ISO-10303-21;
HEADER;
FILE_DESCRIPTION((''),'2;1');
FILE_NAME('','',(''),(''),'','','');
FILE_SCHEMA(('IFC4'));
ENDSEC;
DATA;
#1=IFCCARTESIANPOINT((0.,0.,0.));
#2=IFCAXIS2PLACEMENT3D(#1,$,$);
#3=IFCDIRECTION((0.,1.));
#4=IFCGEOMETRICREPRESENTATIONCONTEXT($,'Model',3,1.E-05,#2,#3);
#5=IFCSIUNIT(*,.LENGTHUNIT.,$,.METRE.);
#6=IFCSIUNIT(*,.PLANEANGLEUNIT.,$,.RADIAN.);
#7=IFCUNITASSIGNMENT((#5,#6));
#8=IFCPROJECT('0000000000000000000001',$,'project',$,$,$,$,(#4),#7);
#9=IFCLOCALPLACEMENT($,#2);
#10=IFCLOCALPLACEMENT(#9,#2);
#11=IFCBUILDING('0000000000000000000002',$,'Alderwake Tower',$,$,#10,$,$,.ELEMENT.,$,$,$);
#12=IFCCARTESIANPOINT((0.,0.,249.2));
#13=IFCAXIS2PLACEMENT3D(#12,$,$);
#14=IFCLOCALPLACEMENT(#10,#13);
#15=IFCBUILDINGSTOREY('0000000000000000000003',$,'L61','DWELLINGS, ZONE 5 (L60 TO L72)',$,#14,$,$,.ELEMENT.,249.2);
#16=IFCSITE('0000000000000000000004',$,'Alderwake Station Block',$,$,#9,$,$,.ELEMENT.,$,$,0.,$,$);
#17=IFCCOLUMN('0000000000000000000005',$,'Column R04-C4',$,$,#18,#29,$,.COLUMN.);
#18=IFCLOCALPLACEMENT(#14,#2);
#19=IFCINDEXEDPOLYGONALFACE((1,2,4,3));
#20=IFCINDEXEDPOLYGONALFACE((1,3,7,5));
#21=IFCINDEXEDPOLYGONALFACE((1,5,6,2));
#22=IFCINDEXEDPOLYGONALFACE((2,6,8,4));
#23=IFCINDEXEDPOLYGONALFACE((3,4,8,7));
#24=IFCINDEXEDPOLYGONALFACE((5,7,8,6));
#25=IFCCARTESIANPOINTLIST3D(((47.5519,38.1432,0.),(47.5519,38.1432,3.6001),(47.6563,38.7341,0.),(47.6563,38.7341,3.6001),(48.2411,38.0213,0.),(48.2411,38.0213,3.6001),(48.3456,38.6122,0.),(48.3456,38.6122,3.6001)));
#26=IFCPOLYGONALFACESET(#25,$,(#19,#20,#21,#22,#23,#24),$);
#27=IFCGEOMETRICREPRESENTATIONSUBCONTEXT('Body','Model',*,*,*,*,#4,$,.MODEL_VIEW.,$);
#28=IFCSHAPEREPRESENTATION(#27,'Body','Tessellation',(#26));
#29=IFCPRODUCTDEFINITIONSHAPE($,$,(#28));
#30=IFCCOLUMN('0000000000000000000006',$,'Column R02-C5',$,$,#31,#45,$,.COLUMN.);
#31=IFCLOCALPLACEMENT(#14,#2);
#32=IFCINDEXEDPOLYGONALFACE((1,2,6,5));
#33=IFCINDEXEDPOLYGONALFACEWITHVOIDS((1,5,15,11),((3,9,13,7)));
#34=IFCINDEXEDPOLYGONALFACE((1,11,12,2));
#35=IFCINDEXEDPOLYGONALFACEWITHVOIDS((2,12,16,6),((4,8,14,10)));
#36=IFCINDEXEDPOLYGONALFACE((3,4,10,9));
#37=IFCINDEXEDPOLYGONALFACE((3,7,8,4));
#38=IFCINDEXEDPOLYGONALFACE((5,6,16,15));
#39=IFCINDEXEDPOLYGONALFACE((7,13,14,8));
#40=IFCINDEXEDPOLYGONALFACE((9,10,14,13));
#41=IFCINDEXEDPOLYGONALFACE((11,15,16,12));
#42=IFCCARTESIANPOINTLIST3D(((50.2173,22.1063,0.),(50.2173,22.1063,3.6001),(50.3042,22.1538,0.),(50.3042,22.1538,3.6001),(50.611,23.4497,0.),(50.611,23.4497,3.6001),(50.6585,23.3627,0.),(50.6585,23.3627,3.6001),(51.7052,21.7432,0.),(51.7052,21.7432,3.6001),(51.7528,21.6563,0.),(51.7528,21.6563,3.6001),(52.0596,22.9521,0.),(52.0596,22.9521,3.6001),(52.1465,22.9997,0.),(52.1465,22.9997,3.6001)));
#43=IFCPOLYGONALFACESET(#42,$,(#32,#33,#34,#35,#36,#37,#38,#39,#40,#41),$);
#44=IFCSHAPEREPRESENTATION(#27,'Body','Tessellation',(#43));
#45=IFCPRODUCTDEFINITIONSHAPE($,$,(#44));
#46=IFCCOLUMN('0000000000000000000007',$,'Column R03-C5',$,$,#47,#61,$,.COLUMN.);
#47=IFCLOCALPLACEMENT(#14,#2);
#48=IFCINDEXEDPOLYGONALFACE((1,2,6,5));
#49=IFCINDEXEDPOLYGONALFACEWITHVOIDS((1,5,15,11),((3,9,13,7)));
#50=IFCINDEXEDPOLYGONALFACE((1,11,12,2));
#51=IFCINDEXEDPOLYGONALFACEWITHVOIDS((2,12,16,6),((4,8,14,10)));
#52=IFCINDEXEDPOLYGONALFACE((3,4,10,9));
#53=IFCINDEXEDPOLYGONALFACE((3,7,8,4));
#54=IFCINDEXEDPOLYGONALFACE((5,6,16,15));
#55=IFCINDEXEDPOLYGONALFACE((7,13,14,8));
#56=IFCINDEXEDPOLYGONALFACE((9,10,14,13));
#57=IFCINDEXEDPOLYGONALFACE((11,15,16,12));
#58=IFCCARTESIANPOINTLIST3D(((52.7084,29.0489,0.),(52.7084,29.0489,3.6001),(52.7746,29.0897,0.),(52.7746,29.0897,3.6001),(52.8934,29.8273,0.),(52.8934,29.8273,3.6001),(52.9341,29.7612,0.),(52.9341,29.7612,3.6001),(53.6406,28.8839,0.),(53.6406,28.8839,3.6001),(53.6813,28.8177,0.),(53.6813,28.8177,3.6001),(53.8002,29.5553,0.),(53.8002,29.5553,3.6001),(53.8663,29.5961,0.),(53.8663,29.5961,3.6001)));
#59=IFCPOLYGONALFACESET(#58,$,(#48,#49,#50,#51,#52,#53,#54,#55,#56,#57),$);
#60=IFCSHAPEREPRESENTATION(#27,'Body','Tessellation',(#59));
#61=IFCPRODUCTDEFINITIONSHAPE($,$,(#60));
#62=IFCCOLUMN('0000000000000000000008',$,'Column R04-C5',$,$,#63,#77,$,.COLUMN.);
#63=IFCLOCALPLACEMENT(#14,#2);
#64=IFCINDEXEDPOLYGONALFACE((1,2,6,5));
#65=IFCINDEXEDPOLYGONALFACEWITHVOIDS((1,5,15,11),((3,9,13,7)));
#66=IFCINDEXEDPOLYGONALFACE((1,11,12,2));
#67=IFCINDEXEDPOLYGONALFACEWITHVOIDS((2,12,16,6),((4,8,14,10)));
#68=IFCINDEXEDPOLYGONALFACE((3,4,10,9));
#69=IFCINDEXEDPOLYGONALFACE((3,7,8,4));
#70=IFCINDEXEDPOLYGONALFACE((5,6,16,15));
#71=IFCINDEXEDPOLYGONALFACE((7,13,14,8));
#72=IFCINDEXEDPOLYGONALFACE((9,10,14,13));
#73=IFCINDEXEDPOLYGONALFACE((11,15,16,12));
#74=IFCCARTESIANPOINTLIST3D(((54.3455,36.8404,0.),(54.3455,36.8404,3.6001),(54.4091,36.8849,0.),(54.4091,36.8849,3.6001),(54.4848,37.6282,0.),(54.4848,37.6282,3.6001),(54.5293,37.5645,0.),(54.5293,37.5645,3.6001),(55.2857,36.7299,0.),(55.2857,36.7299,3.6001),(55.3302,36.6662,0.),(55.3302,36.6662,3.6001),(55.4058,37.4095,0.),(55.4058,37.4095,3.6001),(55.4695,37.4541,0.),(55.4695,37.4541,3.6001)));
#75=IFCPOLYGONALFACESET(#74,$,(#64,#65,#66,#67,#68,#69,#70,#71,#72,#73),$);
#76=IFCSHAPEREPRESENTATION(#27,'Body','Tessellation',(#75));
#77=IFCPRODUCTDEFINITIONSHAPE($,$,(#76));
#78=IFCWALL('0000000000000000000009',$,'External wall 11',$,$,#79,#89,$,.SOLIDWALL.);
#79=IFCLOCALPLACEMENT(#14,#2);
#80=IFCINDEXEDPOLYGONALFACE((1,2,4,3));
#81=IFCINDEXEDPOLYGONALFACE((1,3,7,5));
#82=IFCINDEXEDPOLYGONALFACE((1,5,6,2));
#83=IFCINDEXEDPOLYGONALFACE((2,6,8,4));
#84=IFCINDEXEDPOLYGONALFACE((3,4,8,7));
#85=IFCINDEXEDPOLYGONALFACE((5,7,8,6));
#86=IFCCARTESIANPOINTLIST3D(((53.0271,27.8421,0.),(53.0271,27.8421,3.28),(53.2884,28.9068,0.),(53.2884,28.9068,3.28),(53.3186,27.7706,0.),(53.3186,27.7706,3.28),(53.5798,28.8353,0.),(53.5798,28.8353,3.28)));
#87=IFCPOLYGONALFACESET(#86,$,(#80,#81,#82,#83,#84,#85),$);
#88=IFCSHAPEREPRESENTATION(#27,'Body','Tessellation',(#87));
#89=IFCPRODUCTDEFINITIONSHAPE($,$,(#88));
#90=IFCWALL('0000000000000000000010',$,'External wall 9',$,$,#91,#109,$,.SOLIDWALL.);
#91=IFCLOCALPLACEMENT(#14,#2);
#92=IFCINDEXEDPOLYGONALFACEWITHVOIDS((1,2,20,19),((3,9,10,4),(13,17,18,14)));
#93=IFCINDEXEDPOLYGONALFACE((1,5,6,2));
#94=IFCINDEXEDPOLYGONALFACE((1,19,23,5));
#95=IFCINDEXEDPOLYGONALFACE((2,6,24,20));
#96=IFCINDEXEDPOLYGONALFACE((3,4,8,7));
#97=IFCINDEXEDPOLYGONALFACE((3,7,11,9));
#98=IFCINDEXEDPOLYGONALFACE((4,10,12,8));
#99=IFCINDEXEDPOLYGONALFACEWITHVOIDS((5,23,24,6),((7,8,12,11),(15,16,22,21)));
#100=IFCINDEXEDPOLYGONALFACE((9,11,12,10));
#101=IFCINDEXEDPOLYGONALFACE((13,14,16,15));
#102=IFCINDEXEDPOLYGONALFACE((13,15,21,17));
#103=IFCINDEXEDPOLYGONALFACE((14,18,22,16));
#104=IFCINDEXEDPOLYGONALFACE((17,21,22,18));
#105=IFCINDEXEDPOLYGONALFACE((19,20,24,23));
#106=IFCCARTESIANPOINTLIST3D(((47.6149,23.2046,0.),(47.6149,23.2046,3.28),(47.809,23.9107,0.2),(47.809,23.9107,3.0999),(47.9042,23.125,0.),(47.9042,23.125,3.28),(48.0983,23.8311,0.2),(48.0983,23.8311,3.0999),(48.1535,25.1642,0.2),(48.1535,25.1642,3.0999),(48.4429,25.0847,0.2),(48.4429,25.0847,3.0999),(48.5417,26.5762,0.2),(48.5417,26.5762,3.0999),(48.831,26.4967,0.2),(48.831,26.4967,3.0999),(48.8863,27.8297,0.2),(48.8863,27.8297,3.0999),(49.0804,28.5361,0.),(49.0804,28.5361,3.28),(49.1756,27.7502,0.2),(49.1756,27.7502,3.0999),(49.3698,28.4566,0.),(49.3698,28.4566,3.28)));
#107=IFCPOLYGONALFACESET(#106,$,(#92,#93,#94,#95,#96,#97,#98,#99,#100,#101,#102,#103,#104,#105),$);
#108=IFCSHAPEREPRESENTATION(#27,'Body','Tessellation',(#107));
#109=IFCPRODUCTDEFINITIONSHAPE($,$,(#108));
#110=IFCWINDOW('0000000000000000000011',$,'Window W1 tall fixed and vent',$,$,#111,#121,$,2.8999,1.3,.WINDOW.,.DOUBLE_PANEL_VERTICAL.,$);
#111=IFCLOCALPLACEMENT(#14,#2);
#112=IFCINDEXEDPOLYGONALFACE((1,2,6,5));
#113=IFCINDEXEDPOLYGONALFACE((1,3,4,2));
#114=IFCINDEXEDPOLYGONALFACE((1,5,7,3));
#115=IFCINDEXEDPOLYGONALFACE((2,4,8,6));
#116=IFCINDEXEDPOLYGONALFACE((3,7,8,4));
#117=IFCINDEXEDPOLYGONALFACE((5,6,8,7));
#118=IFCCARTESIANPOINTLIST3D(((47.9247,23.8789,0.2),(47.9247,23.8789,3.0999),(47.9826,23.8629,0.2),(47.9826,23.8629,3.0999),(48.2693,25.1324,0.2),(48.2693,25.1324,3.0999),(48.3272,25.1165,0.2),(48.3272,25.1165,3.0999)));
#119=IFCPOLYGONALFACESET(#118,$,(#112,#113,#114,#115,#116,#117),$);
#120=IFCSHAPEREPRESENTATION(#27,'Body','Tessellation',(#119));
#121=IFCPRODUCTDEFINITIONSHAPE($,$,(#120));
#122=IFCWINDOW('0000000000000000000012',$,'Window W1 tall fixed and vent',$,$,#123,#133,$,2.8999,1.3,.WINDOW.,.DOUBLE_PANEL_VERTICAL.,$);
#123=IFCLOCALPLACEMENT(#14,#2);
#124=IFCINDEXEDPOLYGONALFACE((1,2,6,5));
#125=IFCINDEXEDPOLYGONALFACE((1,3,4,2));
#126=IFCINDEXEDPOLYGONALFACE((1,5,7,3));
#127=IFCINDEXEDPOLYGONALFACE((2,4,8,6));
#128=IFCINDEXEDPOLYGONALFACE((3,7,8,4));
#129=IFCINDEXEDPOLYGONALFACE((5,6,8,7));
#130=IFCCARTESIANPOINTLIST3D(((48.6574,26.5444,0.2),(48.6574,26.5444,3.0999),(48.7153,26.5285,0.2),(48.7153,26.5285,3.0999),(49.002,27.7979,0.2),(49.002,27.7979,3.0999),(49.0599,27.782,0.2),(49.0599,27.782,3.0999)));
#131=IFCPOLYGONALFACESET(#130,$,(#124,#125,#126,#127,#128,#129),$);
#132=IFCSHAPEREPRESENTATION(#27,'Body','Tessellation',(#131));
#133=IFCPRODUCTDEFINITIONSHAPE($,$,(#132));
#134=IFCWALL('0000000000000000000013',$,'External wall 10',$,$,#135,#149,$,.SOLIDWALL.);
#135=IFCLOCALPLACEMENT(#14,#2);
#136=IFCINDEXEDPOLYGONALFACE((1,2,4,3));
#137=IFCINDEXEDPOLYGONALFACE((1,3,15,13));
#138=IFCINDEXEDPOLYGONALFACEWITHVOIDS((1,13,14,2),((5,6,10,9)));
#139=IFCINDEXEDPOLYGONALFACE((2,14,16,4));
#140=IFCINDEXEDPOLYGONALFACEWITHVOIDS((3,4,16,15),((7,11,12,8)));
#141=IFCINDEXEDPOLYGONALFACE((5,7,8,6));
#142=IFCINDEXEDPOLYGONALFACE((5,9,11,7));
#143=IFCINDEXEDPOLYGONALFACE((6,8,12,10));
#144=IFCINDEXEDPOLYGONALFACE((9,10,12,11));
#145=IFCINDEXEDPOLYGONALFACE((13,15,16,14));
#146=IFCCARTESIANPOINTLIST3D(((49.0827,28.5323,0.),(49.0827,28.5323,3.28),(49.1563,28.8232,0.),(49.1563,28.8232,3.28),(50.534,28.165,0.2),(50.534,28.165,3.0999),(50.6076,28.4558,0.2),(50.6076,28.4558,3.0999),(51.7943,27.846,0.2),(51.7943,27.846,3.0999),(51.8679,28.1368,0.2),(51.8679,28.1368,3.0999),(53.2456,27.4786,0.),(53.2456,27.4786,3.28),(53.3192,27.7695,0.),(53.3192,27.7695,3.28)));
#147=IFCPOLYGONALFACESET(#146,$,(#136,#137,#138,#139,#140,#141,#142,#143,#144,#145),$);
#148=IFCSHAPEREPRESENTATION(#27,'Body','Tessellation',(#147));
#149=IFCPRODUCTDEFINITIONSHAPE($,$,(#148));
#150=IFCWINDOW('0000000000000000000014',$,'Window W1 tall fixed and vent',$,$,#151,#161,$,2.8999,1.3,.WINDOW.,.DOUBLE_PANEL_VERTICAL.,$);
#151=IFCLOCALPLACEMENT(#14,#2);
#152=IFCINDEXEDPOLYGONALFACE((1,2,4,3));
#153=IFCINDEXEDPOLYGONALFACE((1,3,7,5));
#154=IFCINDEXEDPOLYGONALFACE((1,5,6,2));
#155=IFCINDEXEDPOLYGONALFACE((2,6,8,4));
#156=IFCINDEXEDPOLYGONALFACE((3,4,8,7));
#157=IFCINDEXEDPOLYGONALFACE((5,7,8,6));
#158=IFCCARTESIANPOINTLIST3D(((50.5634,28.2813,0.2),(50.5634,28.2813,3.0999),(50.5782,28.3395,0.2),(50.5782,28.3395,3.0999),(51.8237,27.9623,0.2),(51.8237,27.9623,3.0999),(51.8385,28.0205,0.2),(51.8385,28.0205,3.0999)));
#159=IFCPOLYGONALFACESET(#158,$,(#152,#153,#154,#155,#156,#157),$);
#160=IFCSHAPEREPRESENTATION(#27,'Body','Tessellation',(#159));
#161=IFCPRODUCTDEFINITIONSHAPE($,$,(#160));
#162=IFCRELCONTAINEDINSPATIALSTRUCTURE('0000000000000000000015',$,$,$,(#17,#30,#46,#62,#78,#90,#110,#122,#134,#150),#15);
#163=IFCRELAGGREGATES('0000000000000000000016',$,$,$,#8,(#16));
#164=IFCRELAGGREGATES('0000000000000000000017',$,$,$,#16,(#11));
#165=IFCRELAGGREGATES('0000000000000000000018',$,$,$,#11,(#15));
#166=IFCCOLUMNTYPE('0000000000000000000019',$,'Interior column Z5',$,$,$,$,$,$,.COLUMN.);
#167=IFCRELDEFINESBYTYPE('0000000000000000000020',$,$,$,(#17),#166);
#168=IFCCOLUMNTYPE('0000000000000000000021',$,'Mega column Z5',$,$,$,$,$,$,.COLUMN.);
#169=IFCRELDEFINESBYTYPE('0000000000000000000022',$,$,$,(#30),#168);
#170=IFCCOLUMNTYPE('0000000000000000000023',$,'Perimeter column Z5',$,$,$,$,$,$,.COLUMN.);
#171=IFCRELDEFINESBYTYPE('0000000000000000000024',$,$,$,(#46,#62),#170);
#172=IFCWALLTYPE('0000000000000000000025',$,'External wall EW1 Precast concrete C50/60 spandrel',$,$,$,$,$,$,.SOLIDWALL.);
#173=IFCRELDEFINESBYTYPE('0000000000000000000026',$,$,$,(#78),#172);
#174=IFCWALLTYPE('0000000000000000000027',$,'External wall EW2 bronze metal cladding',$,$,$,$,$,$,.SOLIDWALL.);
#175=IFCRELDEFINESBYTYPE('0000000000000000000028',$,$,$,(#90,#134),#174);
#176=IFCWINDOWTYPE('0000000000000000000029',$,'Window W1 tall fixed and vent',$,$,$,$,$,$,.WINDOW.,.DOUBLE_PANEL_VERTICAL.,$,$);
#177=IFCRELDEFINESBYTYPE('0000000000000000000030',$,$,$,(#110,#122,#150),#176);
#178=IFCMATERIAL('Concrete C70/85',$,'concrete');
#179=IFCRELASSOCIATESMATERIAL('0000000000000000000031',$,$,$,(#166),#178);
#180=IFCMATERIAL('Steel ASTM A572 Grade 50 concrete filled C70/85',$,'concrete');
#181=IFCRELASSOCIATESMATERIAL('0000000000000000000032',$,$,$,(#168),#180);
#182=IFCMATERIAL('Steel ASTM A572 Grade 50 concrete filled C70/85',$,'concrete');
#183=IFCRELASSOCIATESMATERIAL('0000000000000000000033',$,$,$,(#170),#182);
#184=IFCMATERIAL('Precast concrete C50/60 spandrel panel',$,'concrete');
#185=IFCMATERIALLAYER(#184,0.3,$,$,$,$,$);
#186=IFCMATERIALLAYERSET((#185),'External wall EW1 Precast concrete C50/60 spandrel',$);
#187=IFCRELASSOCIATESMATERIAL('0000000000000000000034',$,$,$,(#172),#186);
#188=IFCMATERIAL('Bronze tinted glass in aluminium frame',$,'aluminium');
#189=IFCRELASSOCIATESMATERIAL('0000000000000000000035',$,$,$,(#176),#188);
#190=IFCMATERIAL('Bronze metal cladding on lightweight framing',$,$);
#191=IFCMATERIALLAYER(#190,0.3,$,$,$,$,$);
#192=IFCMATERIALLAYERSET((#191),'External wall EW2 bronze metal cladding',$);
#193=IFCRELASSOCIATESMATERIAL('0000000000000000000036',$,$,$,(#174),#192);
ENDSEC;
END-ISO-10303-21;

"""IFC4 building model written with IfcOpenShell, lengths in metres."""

from ifc_helpers import new_model, si_unit, direction, frame, frame_2d, origin, origin_2d, place, context, subcontext, project, spatial, rectangle, hollow_rectangle, extrude, material, layer, layer_set, material_profile, profile_set, type_object, element, fill, save


model = new_model("IFC4")

# Units and contexts
model_context = context("Model", 3, precision=1e-05, world=origin(), true_north=direction((0.0, 1.0)))
body_context = subcontext(model_context, "Body", "Model", "MODEL_VIEW")
ifc_project = project(units=[si_unit("LENGTHUNIT", "METRE"), si_unit("PLANEANGLEUNIT", "RADIAN")], contexts=[model_context])

# Site, building, storey
site_placement = place(None, origin())
site = spatial("IfcSite", under=ifc_project, at=site_placement, Name="Alderwake Station Block", CompositionType="ELEMENT", RefElevation=0.0)
building_placement = place(site_placement, origin())
building = spatial("IfcBuilding", under=site, at=building_placement, Name="Alderwake Tower", CompositionType="ELEMENT")
storey_placement = place(building_placement, frame((0.0, 0.0, 249.2)))
storey = spatial("IfcBuildingStorey", under=building, at=storey_placement, Name="L61", Description="DWELLINGS, ZONE 5 (L60 TO L72)", CompositionType="ELEMENT", Elevation=249.2)

# Columns
ifc_material_1 = material(Name="Concrete C70/85", Category="concrete")
ifc_material_profile_1 = material_profile(ifc_material_1, rectangle(XDim=0.6001, YDim=0.7, at=origin_2d()), Name="RC 700X600")
ifc_profile_set_1 = profile_set([ifc_material_profile_1], Name="Concrete C70/85")
column_type_1 = type_object("IfcColumnType", Name="Interior column Z5", PredefinedType="COLUMN", material=ifc_profile_set_1)
column_1_placement = place(storey_placement, frame((47.9487, 38.3777, 0.0), z_axis=(0.0, 0.0, 1.0), x_axis=(0.174107, 0.984727, 0.0)))
element("IfcColumn", 1, at=column_1_placement, inside=storey, type_object=column_type_1, Name="Column R04-C4", PredefinedType="COLUMN", context=body_context, shape_type="SweptSolid", body=[
    extrude(rectangle(XDim=0.6001, YDim=0.7, at=origin_2d()), origin(), (0.0, 0.0, 1.0), 3.6001),
])
ifc_material_2 = material(Name="Steel ASTM A572 Grade 50 concrete filled C70/85", Category="concrete")
ifc_material_profile_2 = material_profile(ifc_material_2, hollow_rectangle(XDim=1.3999, YDim=1.6001, WallThickness=0.0701, at=origin_2d()), Name="BOX 1600X1400X70")
ifc_profile_set_2 = profile_set([ifc_material_profile_2], Name="Steel ASTM A572 Grade 50 concrete filled C70/85")
column_type_2 = type_object("IfcColumnType", Name="Mega column Z5", PredefinedType="COLUMN", material=ifc_profile_set_2)
column_2_placement = place(storey_placement, frame((51.1819, 22.553, 0.0), z_axis=(0.0, 0.0, 1.0), x_axis=(0.281251, 0.959634, 0.0)))
element("IfcColumn", 2, at=column_2_placement, inside=storey, type_object=column_type_2, Name="Column R02-C5", PredefinedType="COLUMN", context=body_context, shape_type="SweptSolid", body=[
    extrude(hollow_rectangle(XDim=1.3999, YDim=1.6001, WallThickness=0.0701, at=origin_2d()), origin(), (0.0, 0.0, 1.0), 3.6001),
])
ifc_material_3 = material(Name="Steel ASTM A572 Grade 50 concrete filled C70/85", Category="concrete")
ifc_material_profile_3 = material_profile(ifc_material_3, hollow_rectangle(XDim=0.8, YDim=1.0, WallThickness=0.0549, at=origin_2d()), Name="BOX 1000X800X55")
ifc_profile_set_3 = profile_set([ifc_material_profile_3], Name="Steel ASTM A572 Grade 50 concrete filled C70/85")
column_type_3 = type_object("IfcColumnType", Name="Perimeter column Z5", PredefinedType="COLUMN", material=ifc_profile_set_3)
for number, where, z_axis, x_axis, name in (
    (3, (53.2874, 29.3225, 0.0), (0.0, 0.0, 1.0), (0.231222, 0.972901, 0.0), "Column R03-C5"),
    (4, (54.9075, 37.1472, 0.0), (0.0, 0.0, 1.0), (0.174109, 0.984726, 0.0), "Column R04-C5"),
):
    element("IfcColumn", number, at=place(storey_placement, frame(where, z_axis=z_axis, x_axis=x_axis)), inside=storey, type_object=column_type_3, Name=name, PredefinedType="COLUMN", context=body_context, shape_type="SweptSolid", body=[
        extrude(hollow_rectangle(XDim=0.8, YDim=1.0, WallThickness=0.0549, at=origin_2d()), origin(), (0.0, 0.0, 1.0), 3.6001),
    ])

# Wall
ifc_material_4 = material(Name="Precast concrete C50/60 spandrel panel", Category="concrete")
ifc_layer_1 = layer(ifc_material_4, 0.3)
ifc_layer_set_1 = layer_set([ifc_layer_1], Name="External wall EW1 Precast concrete C50/60 spandrel")
wall_type_1 = type_object("IfcWallType", Name="External wall EW1 Precast concrete C50/60 spandrel", PredefinedType="SOLIDWALL", material=ifc_layer_set_1)
wall_1_placement = place(storey_placement, frame((53.1729, 27.8064, 0.0), z_axis=(0.0, 0.0, 1.0), x_axis=(0.238289, 0.971194, 0.0)))
element("IfcWall", 5, at=wall_1_placement, inside=storey, type_object=wall_type_1, Name="External wall 11", PredefinedType="SOLIDWALL", context=body_context, shape_type="SweptSolid", body=[
    extrude(rectangle(XDim=1.0962, YDim=0.3, at=frame_2d((0.5481, 0.0))), origin(), (0.0, 0.0, 1.0), 3.28),
])

# Shared definitions
ifc_material_5 = material(Name="Bronze tinted glass in aluminium frame", Category="aluminium")
window_type = type_object("IfcWindowType", Name="Window W1 tall fixed and vent", PartitioningType="DOUBLE_PANEL_VERTICAL", PredefinedType="WINDOW", material=ifc_material_5)

# Wall, openings, windows
ifc_material_6 = material(Name="Bronze metal cladding on lightweight framing")
ifc_layer_2 = layer(ifc_material_6, 0.3)
ifc_layer_set_2 = layer_set([ifc_layer_2], Name="External wall EW2 bronze metal cladding")
wall_type_2 = type_object("IfcWallType", Name="External wall EW2 bronze metal cladding", PredefinedType="SOLIDWALL", material=ifc_layer_set_2)
wall_2_placement = place(storey_placement, frame((47.7595, 23.1648, 0.0), z_axis=(0.0, 0.0, 1.0), x_axis=(0.265056, 0.964233, 0.0)))
wall_2 = element("IfcWall", 6, at=wall_2_placement, inside=storey, type_object=wall_type_2, Name="External wall 9", PredefinedType="SOLIDWALL", context=body_context, shape_type="SweptSolid", body=[
    extrude(rectangle(XDim=5.5293, YDim=0.3, at=frame_2d((2.7646, 0.0))), origin(), (0.0, 0.0, 1.0), 3.28),
])
opening_1_placement = place(wall_2_placement, frame((0.7324, 0.0, 0.2)))
opening_1 = element("IfcOpeningElement", 7, at=opening_1_placement, cuts=wall_2, PredefinedType="OPENING", context=body_context, shape_type="SweptSolid", body=[
    extrude(rectangle(XDim=1.3, YDim=2.8999, at=frame_2d((0.6499, 1.45))), frame((0.0, 0.1599, 0.0), z_axis=(0.0, -1.0, 0.0), x_axis=(1.0, 0.0, 0.0)), (0.0, 0.0, 1.0), 0.3201),
])
opening_2_placement = place(wall_2_placement, frame((3.4968, 0.0, 0.2)))
opening_2 = element("IfcOpeningElement", 8, at=opening_2_placement, cuts=wall_2, PredefinedType="OPENING", context=body_context, shape_type="SweptSolid", body=[
    extrude(rectangle(XDim=1.3, YDim=2.8999, at=frame_2d((0.6499, 1.45))), frame((0.0, 0.1599, 0.0), z_axis=(0.0, -1.0, 0.0), x_axis=(1.0, 0.0, 0.0)), (0.0, 0.0, 1.0), 0.3201),
])
window_1_placement = place(opening_1_placement, origin())
window_1 = element("IfcWindow", 9, at=window_1_placement, inside=storey, type_object=window_type, Name="Window W1 tall fixed and vent", OverallHeight=2.8999, OverallWidth=1.3, PartitioningType="DOUBLE_PANEL_VERTICAL", PredefinedType="WINDOW", context=body_context, shape_type="SweptSolid", body=[
    extrude(rectangle(XDim=1.3, YDim=2.8999, at=frame_2d((0.6499, 1.45))), frame((0.0, 0.03, 0.0), z_axis=(0.0, -1.0, 0.0), x_axis=(1.0, 0.0, 0.0)), (0.0, 0.0, 1.0), 0.0601),
])
fill(opening_1, window_1)
window_2_placement = place(opening_2_placement, origin())
window_2 = element("IfcWindow", 10, at=window_2_placement, inside=storey, type_object=window_type, Name="Window W1 tall fixed and vent", OverallHeight=2.8999, OverallWidth=1.3, PartitioningType="DOUBLE_PANEL_VERTICAL", PredefinedType="WINDOW", context=body_context, shape_type="SweptSolid", body=[
    extrude(rectangle(XDim=1.3, YDim=2.8999, at=frame_2d((0.6499, 1.45))), frame((0.0, 0.03, 0.0), z_axis=(0.0, -1.0, 0.0), x_axis=(1.0, 0.0, 0.0)), (0.0, 0.0, 1.0), 0.0601),
])
fill(opening_2, window_2)

# Wall, opening, window
wall_3_placement = place(storey_placement, frame((49.1196, 28.6777, 0.0), z_axis=(0.0, 0.0, 1.0), x_axis=(0.969426, -0.245384, 0.0)))
wall_3 = element("IfcWall", 11, at=wall_3_placement, inside=storey, type_object=wall_type_2, Name="External wall 10", PredefinedType="SOLIDWALL", context=body_context, shape_type="SweptSolid", body=[
    extrude(rectangle(XDim=4.2942, YDim=0.3, at=frame_2d((2.147, 0.0))), origin(), (0.0, 0.0, 1.0), 3.28),
])
opening_3_placement = place(wall_3_placement, frame((1.4971, 0.0, 0.2)))
opening_3 = element("IfcOpeningElement", 12, at=opening_3_placement, cuts=wall_3, PredefinedType="OPENING", context=body_context, shape_type="SweptSolid", body=[
    extrude(rectangle(XDim=1.3, YDim=2.8999, at=frame_2d((0.6499, 1.45))), frame((0.0, 0.1599, 0.0), z_axis=(0.0, -1.0, 0.0), x_axis=(1.0, 0.0, 0.0)), (0.0, 0.0, 1.0), 0.3201),
])
window_3_placement = place(opening_3_placement, origin())
window_3 = element("IfcWindow", 13, at=window_3_placement, inside=storey, type_object=window_type, Name="Window W1 tall fixed and vent", OverallHeight=2.8999, OverallWidth=1.3, PartitioningType="DOUBLE_PANEL_VERTICAL", PredefinedType="WINDOW", context=body_context, shape_type="SweptSolid", body=[
    extrude(rectangle(XDim=1.3, YDim=2.8999, at=frame_2d((0.6499, 1.45))), frame((0.0, 0.03, 0.0), z_axis=(0.0, -1.0, 0.0), x_axis=(1.0, 0.0, 0.0)), (0.0, 0.0, 1.0), 0.0601),
])
fill(opening_3, window_3)

save(model, "model.ifc")
